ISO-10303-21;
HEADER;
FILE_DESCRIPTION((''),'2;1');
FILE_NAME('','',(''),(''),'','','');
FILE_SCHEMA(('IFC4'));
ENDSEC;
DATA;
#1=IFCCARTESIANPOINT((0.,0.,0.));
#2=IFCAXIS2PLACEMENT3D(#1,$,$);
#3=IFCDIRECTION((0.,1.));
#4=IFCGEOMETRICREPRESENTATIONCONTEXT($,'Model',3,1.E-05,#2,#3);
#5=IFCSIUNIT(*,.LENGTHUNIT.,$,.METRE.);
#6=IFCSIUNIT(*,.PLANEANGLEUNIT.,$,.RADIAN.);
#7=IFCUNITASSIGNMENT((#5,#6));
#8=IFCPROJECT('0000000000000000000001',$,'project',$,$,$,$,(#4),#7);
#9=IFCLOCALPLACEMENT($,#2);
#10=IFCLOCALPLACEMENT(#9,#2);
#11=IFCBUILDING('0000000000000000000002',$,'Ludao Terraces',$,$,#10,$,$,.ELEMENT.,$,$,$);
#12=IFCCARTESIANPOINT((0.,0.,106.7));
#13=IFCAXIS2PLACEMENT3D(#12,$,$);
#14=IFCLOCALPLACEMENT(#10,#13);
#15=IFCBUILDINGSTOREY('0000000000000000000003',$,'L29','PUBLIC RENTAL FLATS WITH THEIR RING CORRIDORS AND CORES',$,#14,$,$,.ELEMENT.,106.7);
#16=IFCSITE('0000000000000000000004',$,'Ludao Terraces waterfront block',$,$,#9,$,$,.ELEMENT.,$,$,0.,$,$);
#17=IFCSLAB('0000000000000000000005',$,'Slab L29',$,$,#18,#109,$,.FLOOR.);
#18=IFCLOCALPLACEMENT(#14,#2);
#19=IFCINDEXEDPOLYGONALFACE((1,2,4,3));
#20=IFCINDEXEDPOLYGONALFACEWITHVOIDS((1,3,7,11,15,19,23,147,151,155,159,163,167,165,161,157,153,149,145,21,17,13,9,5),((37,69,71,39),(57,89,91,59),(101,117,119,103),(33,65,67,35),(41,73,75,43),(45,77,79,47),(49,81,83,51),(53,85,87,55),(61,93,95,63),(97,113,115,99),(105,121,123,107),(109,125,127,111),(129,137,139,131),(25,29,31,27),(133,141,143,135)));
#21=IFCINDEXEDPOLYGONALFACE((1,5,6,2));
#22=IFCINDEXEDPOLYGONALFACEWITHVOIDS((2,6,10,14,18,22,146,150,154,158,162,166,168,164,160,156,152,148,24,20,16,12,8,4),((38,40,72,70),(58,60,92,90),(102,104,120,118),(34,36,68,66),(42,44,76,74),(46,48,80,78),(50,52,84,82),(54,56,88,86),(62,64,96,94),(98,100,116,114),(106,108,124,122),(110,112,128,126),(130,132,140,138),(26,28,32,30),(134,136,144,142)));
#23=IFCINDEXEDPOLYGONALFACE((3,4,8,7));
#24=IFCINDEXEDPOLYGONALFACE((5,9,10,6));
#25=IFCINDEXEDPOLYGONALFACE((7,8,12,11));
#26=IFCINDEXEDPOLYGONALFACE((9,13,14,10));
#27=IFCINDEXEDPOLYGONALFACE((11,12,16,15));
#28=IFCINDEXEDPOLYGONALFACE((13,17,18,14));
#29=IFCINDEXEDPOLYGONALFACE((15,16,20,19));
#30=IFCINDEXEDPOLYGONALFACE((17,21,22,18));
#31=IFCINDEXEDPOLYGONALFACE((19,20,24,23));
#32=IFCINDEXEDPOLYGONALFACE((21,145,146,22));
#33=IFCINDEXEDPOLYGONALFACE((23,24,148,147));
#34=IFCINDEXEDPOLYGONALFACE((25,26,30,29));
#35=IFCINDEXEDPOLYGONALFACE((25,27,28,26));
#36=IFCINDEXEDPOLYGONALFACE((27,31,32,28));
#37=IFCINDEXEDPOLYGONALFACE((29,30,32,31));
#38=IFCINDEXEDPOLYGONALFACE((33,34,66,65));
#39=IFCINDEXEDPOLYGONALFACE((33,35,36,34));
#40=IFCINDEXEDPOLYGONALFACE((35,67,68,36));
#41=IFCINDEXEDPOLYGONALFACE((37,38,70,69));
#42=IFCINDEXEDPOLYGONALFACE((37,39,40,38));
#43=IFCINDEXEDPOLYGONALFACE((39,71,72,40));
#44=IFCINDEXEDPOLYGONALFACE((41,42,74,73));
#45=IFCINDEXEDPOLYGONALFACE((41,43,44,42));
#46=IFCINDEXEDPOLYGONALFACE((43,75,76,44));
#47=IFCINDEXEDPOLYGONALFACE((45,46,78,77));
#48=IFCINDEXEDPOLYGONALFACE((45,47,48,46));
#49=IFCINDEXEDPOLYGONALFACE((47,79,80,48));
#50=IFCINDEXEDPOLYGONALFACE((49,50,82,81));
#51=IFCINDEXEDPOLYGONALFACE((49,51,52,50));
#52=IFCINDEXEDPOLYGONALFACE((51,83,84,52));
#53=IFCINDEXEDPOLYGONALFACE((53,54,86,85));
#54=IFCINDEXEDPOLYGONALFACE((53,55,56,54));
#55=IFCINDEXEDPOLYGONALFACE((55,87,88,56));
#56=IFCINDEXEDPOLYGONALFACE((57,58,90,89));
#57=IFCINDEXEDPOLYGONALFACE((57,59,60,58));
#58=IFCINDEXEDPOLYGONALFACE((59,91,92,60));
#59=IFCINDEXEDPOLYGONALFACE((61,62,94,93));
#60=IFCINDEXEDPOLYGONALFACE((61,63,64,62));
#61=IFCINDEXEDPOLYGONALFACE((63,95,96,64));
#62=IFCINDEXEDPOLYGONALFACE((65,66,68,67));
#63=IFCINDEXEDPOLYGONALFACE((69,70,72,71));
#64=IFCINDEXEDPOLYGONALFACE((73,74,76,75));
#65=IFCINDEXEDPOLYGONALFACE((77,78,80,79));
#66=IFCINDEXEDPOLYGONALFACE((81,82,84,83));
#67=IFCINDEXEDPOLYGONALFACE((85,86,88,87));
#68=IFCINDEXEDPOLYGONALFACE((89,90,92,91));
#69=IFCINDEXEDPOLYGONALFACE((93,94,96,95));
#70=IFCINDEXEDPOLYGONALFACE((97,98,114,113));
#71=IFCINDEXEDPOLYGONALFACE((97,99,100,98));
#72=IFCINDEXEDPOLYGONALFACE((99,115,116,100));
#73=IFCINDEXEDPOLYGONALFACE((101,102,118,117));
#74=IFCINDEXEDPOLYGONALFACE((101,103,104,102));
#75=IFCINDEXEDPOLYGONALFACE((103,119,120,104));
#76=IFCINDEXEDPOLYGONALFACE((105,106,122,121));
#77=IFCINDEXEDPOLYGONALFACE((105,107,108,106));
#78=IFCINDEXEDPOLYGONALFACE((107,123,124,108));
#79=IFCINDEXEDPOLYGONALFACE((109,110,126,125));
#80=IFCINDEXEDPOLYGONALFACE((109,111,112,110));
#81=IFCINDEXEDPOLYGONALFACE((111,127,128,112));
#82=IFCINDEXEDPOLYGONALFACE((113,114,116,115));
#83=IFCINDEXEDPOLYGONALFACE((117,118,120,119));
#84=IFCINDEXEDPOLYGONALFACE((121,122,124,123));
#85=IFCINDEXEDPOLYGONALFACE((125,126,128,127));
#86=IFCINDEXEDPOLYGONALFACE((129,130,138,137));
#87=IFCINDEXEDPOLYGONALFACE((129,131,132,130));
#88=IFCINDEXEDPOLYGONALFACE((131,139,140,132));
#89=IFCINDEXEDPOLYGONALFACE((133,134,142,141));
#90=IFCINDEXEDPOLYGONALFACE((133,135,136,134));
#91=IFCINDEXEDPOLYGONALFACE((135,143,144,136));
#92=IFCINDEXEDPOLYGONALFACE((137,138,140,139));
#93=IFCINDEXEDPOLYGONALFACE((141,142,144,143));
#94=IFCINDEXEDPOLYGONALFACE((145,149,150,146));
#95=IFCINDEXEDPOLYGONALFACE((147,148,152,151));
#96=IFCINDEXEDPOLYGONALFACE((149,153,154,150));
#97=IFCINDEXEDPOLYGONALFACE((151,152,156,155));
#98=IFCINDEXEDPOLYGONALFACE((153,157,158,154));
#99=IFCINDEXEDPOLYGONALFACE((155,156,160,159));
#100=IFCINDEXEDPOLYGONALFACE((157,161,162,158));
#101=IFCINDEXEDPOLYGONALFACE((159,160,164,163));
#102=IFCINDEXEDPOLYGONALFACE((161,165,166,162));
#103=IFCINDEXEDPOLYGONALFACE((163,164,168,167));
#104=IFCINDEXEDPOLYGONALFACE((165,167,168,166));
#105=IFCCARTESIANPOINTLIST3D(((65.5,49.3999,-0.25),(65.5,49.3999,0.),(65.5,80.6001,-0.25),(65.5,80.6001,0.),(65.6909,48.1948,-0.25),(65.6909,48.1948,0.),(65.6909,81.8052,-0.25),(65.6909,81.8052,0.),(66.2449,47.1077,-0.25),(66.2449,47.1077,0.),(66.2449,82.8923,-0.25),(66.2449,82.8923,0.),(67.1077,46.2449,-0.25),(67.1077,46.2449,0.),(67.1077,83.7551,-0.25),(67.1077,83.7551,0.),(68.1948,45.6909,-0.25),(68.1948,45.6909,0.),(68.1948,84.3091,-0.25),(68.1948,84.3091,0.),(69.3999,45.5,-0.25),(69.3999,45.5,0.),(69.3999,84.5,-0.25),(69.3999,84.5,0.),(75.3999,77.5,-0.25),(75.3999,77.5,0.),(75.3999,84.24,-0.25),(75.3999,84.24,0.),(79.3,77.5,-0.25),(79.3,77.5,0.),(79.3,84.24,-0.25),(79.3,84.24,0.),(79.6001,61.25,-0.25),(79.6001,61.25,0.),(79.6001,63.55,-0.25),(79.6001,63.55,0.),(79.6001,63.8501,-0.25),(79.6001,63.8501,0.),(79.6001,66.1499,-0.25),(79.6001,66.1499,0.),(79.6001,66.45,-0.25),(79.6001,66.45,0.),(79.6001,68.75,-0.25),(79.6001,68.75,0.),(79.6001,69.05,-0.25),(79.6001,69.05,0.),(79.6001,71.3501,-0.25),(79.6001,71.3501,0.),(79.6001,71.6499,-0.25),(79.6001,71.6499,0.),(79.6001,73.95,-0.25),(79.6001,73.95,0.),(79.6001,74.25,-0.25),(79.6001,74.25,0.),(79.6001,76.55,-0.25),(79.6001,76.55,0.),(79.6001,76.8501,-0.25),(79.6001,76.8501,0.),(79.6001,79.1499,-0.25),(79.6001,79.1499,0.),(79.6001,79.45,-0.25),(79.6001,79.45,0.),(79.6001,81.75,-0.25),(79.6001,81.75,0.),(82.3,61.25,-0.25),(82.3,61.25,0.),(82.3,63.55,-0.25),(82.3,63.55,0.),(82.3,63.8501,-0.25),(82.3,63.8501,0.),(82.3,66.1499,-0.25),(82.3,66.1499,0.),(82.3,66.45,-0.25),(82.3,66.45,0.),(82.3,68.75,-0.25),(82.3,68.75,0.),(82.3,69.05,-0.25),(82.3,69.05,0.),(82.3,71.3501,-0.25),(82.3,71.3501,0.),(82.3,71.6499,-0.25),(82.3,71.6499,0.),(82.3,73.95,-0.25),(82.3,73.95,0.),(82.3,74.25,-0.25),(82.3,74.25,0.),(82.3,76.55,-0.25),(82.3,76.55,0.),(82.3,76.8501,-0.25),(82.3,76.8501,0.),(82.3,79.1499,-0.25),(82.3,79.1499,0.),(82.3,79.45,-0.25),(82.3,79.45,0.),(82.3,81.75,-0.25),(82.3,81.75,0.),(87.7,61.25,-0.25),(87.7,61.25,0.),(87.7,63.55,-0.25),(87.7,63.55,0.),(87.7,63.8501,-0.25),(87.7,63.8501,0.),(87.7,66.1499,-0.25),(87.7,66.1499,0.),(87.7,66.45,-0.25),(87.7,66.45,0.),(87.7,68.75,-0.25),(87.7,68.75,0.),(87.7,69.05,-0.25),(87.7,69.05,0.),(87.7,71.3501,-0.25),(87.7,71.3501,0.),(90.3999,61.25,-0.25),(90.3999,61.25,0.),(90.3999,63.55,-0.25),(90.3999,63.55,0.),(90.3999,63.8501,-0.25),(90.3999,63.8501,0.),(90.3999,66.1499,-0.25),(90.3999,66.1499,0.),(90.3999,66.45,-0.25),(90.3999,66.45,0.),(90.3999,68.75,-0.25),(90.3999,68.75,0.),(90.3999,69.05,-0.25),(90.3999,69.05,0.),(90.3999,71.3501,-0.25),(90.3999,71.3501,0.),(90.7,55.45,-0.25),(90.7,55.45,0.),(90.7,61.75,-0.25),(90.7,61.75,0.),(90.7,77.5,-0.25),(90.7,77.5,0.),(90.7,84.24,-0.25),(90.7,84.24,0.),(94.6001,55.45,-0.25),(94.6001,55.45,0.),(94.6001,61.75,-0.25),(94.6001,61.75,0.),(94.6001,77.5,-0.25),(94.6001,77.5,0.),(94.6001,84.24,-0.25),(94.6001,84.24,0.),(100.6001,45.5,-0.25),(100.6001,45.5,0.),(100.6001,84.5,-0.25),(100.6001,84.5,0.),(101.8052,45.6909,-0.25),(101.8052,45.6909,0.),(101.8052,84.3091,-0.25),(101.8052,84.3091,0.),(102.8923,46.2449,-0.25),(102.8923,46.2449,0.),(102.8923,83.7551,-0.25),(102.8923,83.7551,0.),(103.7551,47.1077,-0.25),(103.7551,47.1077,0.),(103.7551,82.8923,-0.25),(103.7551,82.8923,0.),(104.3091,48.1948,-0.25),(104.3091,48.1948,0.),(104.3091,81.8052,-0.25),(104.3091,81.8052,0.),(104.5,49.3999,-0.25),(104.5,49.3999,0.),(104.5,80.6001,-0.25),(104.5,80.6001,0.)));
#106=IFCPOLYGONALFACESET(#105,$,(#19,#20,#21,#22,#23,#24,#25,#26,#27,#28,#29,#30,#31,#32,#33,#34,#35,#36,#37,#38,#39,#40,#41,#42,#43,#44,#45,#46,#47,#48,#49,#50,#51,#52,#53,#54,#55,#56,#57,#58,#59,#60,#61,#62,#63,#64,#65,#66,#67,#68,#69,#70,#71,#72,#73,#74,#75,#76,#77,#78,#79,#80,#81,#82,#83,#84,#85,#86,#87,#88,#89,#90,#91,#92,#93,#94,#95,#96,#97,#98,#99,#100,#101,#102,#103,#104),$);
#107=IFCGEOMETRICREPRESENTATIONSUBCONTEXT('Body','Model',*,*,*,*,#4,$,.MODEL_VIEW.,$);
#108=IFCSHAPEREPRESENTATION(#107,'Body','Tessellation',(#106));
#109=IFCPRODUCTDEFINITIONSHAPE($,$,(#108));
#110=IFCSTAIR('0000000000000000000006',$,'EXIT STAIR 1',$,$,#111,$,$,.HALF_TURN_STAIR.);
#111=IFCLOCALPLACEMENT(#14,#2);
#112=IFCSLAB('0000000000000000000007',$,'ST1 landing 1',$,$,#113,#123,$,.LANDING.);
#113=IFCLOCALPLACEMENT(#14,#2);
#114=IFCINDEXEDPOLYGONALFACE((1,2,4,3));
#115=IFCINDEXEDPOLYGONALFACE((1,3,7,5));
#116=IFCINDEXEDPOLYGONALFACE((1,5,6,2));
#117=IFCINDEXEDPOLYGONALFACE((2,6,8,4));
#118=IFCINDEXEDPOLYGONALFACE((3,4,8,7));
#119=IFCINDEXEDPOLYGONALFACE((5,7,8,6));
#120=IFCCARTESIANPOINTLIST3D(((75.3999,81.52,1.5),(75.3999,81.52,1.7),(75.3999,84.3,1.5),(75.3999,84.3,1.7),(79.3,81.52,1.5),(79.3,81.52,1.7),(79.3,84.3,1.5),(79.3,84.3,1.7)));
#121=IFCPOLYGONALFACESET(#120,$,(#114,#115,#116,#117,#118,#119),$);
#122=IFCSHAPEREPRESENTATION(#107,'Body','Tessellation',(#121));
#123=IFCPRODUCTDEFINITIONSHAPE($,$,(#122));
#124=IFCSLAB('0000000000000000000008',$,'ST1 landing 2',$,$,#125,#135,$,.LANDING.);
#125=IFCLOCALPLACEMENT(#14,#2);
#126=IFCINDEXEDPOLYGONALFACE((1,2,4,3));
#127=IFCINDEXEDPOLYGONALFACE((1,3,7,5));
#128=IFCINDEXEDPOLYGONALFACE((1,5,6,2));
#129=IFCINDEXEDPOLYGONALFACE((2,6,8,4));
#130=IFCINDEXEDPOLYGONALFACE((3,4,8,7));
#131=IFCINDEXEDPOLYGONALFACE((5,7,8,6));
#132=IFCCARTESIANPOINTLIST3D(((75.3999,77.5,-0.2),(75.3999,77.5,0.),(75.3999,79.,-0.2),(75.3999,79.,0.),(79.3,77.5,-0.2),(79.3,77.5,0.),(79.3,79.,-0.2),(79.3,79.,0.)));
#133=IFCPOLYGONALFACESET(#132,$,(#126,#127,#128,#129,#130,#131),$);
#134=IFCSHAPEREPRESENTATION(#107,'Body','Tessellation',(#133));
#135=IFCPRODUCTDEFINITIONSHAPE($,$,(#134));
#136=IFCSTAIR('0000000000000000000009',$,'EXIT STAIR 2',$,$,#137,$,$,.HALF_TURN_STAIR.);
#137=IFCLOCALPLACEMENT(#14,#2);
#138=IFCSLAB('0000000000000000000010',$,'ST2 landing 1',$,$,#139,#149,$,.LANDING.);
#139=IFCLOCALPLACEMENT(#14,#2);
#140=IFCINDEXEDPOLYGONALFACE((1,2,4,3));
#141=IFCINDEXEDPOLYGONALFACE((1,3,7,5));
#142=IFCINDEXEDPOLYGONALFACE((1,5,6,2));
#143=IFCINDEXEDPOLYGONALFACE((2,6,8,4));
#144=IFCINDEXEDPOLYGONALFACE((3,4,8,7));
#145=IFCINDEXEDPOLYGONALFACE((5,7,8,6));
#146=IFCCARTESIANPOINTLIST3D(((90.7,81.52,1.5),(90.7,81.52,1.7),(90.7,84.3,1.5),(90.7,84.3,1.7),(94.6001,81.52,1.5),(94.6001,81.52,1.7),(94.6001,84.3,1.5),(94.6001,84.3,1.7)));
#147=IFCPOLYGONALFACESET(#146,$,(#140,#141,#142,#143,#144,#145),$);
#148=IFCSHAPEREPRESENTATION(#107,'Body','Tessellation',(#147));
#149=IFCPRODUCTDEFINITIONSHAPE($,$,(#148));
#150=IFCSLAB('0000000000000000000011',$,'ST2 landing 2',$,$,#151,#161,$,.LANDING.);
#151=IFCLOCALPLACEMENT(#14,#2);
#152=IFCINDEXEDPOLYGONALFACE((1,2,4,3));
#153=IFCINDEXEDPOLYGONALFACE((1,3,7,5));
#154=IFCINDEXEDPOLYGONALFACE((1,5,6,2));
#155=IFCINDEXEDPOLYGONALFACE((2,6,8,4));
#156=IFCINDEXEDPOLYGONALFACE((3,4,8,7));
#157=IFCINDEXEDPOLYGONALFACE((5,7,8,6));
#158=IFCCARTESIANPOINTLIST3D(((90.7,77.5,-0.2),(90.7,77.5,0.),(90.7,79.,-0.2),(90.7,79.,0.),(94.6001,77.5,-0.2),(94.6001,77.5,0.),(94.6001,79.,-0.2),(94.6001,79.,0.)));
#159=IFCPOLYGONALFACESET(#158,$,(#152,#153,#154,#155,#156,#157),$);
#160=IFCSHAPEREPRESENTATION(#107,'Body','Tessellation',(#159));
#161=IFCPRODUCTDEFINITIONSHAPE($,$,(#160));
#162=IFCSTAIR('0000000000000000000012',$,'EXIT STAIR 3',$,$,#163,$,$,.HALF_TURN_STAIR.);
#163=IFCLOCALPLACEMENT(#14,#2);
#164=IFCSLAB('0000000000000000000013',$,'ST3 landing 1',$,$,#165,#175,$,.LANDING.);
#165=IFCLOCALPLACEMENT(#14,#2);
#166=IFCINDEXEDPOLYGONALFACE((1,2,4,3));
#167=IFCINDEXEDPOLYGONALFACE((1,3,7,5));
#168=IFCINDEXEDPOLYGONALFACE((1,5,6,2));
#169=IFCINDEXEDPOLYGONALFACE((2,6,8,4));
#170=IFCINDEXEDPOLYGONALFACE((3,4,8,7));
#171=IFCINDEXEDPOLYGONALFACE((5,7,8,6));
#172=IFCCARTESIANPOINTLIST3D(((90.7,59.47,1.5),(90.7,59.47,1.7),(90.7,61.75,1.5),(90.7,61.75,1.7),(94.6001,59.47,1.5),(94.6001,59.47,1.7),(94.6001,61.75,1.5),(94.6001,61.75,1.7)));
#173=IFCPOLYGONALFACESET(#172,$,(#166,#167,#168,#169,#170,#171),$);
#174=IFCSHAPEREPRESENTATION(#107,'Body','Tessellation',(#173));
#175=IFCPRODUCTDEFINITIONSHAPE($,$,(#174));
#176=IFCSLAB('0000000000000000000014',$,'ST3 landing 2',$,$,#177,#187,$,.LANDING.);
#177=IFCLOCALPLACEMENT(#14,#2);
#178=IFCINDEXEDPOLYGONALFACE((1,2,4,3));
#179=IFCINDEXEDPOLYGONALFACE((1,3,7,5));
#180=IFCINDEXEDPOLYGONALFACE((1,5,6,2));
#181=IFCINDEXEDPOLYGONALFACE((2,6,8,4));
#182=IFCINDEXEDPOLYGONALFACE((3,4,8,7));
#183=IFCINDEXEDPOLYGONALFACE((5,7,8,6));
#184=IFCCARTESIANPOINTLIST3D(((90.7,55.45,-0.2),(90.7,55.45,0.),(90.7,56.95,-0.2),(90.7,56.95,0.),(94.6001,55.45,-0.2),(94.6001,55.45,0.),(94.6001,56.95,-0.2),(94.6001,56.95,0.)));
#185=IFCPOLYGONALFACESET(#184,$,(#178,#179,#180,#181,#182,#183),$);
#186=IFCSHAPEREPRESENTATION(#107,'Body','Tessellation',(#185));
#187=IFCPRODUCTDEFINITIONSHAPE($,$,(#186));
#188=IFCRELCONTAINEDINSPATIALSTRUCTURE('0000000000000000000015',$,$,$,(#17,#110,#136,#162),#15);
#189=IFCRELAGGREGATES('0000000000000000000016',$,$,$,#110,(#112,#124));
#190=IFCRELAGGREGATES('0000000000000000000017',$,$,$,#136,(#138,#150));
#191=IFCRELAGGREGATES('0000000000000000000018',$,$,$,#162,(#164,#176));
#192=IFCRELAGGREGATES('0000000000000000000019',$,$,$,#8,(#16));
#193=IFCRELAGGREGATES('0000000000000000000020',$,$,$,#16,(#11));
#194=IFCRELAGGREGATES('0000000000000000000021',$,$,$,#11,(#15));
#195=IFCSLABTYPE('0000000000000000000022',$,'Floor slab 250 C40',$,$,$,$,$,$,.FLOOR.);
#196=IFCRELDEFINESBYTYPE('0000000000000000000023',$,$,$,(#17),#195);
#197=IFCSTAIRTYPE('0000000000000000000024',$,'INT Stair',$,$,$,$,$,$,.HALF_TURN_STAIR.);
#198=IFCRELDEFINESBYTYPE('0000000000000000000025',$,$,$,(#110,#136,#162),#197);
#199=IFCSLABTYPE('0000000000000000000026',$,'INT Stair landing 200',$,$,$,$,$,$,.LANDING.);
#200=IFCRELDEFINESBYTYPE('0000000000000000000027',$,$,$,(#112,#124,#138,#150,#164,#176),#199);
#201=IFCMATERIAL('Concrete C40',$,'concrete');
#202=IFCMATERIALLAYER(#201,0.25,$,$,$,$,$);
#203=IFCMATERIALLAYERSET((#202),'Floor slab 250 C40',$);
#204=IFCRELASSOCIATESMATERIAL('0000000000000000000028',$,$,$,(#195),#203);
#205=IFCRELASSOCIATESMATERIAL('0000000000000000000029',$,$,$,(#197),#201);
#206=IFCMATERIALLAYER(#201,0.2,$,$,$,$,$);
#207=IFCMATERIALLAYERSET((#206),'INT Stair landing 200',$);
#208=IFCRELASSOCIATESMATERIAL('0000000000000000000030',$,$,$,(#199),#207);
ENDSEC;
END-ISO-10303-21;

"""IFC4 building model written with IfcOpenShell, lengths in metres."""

from ifc_helpers import new_model, si_unit, direction, frame, origin, place, context, subcontext, project, spatial, polyline, outline, extrude, material, layer, layer_set, type_object, element, aggregate, save


model = new_model("IFC4")

# Units and contexts
model_context = context("Model", 3, precision=1e-05, world=origin(), true_north=direction((0.0, 1.0)))
body_context = subcontext(model_context, "Body", "Model", "MODEL_VIEW")
ifc_project = project(units=[si_unit("LENGTHUNIT", "METRE"), si_unit("PLANEANGLEUNIT", "RADIAN")], contexts=[model_context])

# Site, building, storey
site_placement = place(None, origin())
site = spatial("IfcSite", under=ifc_project, at=site_placement, Name="Ludao Terraces waterfront block", CompositionType="ELEMENT", RefElevation=0.0)
building_placement = place(site_placement, origin())
building = spatial("IfcBuilding", under=site, at=building_placement, Name="Ludao Terraces", CompositionType="ELEMENT")
storey_placement = place(building_placement, frame((0.0, 0.0, 106.7)))
storey = spatial("IfcBuildingStorey", under=building, at=storey_placement, Name="L29", Description="PUBLIC RENTAL FLATS WITH THEIR RING CORRIDORS AND CORES", CompositionType="ELEMENT", Elevation=106.7)

# Shared definitions
ifc_material_1 = material(Name="Concrete C40", Category="concrete")

# Slab
ifc_layer_1 = layer(ifc_material_1, 0.25)
ifc_layer_set_1 = layer_set([ifc_layer_1], Name="Floor slab 250 C40")
slab_type_1 = type_object("IfcSlabType", Name="Floor slab 250 C40", PredefinedType="FLOOR", material=ifc_layer_set_1)
slab_1_placement = place(storey_placement, frame((0.0, 0.0, -0.25)))
element("IfcSlab", 1, at=slab_1_placement, inside=storey, type_object=slab_type_1, Name="Slab L29", PredefinedType="FLOOR", context=body_context, shape_type="SweptSolid", body=[
    extrude(outline(polyline([(100.6001, 45.5), (101.8052, 45.6909), (102.8923, 46.2449), (103.7551, 47.1077), (104.3091, 48.1948), (104.5, 49.3999), (104.5, 80.6001), (104.3091, 81.8052), (103.7551, 82.8923), (102.8923, 83.7551), (101.8052, 84.3091), (100.6001, 84.5), (69.3999, 84.5), (68.1948, 84.3091), (67.1077, 83.7551), (66.2449, 82.8923), (65.6909, 81.8052), (65.5, 80.6001), (65.5, 49.3999), (65.6909, 48.1948), (66.2449, 47.1077), (67.1077, 46.2449), (68.1948, 45.6909), (69.3999, 45.5), (100.6001, 45.5)]), holes=[polyline([(79.6001, 61.25), (82.3, 61.25), (82.3, 63.55), (79.6001, 63.55), (79.6001, 61.25)]), polyline([(79.6001, 63.8501), (82.3, 63.8501), (82.3, 66.1499), (79.6001, 66.1499), (79.6001, 63.8501)]), polyline([(79.6001, 66.45), (82.3, 66.45), (82.3, 68.75), (79.6001, 68.75), (79.6001, 66.45)]), polyline([(79.6001, 69.05), (82.3, 69.05), (82.3, 71.3501), (79.6001, 71.3501), (79.6001, 69.05)]), polyline([(79.6001, 71.6499), (82.3, 71.6499), (82.3, 73.95), (79.6001, 73.95), (79.6001, 71.6499)]), polyline([(79.6001, 74.25), (82.3, 74.25), (82.3, 76.55), (79.6001, 76.55), (79.6001, 74.25)]), polyline([(79.6001, 76.8501), (82.3, 76.8501), (82.3, 79.1499), (79.6001, 79.1499), (79.6001, 76.8501)]), polyline([(79.6001, 79.45), (82.3, 79.45), (82.3, 81.75), (79.6001, 81.75), (79.6001, 79.45)]), polyline([(87.7, 61.25), (90.3999, 61.25), (90.3999, 63.55), (87.7, 63.55), (87.7, 61.25)]), polyline([(87.7, 63.8501), (90.3999, 63.8501), (90.3999, 66.1499), (87.7, 66.1499), (87.7, 63.8501)]), polyline([(87.7, 66.45), (90.3999, 66.45), (90.3999, 68.75), (87.7, 68.75), (87.7, 66.45)]), polyline([(87.7, 69.05), (90.3999, 69.05), (90.3999, 71.3501), (87.7, 71.3501), (87.7, 69.05)]), polyline([(75.3999, 77.5), (79.3, 77.5), (79.3, 84.24), (75.3999, 84.24), (75.3999, 77.5)]), polyline([(90.7, 77.5), (94.6001, 77.5), (94.6001, 84.24), (90.7, 84.24), (90.7, 77.5)]), polyline([(90.7, 55.45), (94.6001, 55.45), (94.6001, 61.75), (90.7, 61.75), (90.7, 55.45)])]), origin(), (0.0, 0.0, 1.0), 0.25),
])

# Stairs, slabs
stair_type = type_object("IfcStairType", Name="INT Stair", PredefinedType="HALF_TURN_STAIR", material=ifc_material_1)
stair_1_placement = place(storey_placement, origin())
stair_1 = element("IfcStair", 2, at=stair_1_placement, inside=storey, type_object=stair_type, Name="EXIT STAIR 1", PredefinedType="HALF_TURN_STAIR")
ifc_layer_2 = layer(ifc_material_1, 0.2)
ifc_layer_set_2 = layer_set([ifc_layer_2], Name="INT Stair landing 200")
slab_type_2 = type_object("IfcSlabType", Name="INT Stair landing 200", PredefinedType="LANDING", material=ifc_layer_set_2)
slab_2_placement = place(storey_placement, frame((0.0, 0.0, 1.5)))
slab_2 = element("IfcSlab", 3, at=slab_2_placement, type_object=slab_type_2, Name="ST1 landing 1", PredefinedType="LANDING", context=body_context, shape_type="SweptSolid", body=[
    extrude(outline(polyline([(75.3999, 81.52), (79.3, 81.52), (79.3, 84.3), (75.3999, 84.3), (75.3999, 81.52)])), origin(), (0.0, 0.0, 1.0), 0.2),
])
slab_3_placement = place(storey_placement, frame((0.0, 0.0, -0.2)))
slab_3 = element("IfcSlab", 4, at=slab_3_placement, type_object=slab_type_2, Name="ST1 landing 2", PredefinedType="LANDING", context=body_context, shape_type="SweptSolid", body=[
    extrude(outline(polyline([(75.3999, 77.5), (79.3, 77.5), (79.3, 79.0), (75.3999, 79.0), (75.3999, 77.5)])), origin(), (0.0, 0.0, 1.0), 0.2),
])
aggregate(stair_1, [slab_2, slab_3])
stair_2_placement = place(storey_placement, origin())
stair_2 = element("IfcStair", 5, at=stair_2_placement, inside=storey, type_object=stair_type, Name="EXIT STAIR 2", PredefinedType="HALF_TURN_STAIR")
slab_4_placement = place(storey_placement, frame((0.0, 0.0, 1.5)))
slab_4 = element("IfcSlab", 6, at=slab_4_placement, type_object=slab_type_2, Name="ST2 landing 1", PredefinedType="LANDING", context=body_context, shape_type="SweptSolid", body=[
    extrude(outline(polyline([(90.7, 81.52), (94.6001, 81.52), (94.6001, 84.3), (90.7, 84.3), (90.7, 81.52)])), origin(), (0.0, 0.0, 1.0), 0.2),
])
slab_5_placement = place(storey_placement, frame((0.0, 0.0, -0.2)))
slab_5 = element("IfcSlab", 7, at=slab_5_placement, type_object=slab_type_2, Name="ST2 landing 2", PredefinedType="LANDING", context=body_context, shape_type="SweptSolid", body=[
    extrude(outline(polyline([(90.7, 77.5), (94.6001, 77.5), (94.6001, 79.0), (90.7, 79.0), (90.7, 77.5)])), origin(), (0.0, 0.0, 1.0), 0.2),
])
aggregate(stair_2, [slab_4, slab_5])
stair_3_placement = place(storey_placement, origin())
stair_3 = element("IfcStair", 8, at=stair_3_placement, inside=storey, type_object=stair_type, Name="EXIT STAIR 3", PredefinedType="HALF_TURN_STAIR")
slab_6_placement = place(storey_placement, frame((0.0, 0.0, 1.5)))
slab_6 = element("IfcSlab", 9, at=slab_6_placement, type_object=slab_type_2, Name="ST3 landing 1", PredefinedType="LANDING", context=body_context, shape_type="SweptSolid", body=[
    extrude(outline(polyline([(90.7, 59.47), (94.6001, 59.47), (94.6001, 61.75), (90.7, 61.75), (90.7, 59.47)])), origin(), (0.0, 0.0, 1.0), 0.2),
])
slab_7_placement = place(storey_placement, frame((0.0, 0.0, -0.2)))
slab_7 = element("IfcSlab", 10, at=slab_7_placement, type_object=slab_type_2, Name="ST3 landing 2", PredefinedType="LANDING", context=body_context, shape_type="SweptSolid", body=[
    extrude(outline(polyline([(90.7, 55.45), (94.6001, 55.45), (94.6001, 56.95), (90.7, 56.95), (90.7, 55.45)])), origin(), (0.0, 0.0, 1.0), 0.2),
])
aggregate(stair_3, [slab_6, slab_7])

save(model, "model.ifc")
